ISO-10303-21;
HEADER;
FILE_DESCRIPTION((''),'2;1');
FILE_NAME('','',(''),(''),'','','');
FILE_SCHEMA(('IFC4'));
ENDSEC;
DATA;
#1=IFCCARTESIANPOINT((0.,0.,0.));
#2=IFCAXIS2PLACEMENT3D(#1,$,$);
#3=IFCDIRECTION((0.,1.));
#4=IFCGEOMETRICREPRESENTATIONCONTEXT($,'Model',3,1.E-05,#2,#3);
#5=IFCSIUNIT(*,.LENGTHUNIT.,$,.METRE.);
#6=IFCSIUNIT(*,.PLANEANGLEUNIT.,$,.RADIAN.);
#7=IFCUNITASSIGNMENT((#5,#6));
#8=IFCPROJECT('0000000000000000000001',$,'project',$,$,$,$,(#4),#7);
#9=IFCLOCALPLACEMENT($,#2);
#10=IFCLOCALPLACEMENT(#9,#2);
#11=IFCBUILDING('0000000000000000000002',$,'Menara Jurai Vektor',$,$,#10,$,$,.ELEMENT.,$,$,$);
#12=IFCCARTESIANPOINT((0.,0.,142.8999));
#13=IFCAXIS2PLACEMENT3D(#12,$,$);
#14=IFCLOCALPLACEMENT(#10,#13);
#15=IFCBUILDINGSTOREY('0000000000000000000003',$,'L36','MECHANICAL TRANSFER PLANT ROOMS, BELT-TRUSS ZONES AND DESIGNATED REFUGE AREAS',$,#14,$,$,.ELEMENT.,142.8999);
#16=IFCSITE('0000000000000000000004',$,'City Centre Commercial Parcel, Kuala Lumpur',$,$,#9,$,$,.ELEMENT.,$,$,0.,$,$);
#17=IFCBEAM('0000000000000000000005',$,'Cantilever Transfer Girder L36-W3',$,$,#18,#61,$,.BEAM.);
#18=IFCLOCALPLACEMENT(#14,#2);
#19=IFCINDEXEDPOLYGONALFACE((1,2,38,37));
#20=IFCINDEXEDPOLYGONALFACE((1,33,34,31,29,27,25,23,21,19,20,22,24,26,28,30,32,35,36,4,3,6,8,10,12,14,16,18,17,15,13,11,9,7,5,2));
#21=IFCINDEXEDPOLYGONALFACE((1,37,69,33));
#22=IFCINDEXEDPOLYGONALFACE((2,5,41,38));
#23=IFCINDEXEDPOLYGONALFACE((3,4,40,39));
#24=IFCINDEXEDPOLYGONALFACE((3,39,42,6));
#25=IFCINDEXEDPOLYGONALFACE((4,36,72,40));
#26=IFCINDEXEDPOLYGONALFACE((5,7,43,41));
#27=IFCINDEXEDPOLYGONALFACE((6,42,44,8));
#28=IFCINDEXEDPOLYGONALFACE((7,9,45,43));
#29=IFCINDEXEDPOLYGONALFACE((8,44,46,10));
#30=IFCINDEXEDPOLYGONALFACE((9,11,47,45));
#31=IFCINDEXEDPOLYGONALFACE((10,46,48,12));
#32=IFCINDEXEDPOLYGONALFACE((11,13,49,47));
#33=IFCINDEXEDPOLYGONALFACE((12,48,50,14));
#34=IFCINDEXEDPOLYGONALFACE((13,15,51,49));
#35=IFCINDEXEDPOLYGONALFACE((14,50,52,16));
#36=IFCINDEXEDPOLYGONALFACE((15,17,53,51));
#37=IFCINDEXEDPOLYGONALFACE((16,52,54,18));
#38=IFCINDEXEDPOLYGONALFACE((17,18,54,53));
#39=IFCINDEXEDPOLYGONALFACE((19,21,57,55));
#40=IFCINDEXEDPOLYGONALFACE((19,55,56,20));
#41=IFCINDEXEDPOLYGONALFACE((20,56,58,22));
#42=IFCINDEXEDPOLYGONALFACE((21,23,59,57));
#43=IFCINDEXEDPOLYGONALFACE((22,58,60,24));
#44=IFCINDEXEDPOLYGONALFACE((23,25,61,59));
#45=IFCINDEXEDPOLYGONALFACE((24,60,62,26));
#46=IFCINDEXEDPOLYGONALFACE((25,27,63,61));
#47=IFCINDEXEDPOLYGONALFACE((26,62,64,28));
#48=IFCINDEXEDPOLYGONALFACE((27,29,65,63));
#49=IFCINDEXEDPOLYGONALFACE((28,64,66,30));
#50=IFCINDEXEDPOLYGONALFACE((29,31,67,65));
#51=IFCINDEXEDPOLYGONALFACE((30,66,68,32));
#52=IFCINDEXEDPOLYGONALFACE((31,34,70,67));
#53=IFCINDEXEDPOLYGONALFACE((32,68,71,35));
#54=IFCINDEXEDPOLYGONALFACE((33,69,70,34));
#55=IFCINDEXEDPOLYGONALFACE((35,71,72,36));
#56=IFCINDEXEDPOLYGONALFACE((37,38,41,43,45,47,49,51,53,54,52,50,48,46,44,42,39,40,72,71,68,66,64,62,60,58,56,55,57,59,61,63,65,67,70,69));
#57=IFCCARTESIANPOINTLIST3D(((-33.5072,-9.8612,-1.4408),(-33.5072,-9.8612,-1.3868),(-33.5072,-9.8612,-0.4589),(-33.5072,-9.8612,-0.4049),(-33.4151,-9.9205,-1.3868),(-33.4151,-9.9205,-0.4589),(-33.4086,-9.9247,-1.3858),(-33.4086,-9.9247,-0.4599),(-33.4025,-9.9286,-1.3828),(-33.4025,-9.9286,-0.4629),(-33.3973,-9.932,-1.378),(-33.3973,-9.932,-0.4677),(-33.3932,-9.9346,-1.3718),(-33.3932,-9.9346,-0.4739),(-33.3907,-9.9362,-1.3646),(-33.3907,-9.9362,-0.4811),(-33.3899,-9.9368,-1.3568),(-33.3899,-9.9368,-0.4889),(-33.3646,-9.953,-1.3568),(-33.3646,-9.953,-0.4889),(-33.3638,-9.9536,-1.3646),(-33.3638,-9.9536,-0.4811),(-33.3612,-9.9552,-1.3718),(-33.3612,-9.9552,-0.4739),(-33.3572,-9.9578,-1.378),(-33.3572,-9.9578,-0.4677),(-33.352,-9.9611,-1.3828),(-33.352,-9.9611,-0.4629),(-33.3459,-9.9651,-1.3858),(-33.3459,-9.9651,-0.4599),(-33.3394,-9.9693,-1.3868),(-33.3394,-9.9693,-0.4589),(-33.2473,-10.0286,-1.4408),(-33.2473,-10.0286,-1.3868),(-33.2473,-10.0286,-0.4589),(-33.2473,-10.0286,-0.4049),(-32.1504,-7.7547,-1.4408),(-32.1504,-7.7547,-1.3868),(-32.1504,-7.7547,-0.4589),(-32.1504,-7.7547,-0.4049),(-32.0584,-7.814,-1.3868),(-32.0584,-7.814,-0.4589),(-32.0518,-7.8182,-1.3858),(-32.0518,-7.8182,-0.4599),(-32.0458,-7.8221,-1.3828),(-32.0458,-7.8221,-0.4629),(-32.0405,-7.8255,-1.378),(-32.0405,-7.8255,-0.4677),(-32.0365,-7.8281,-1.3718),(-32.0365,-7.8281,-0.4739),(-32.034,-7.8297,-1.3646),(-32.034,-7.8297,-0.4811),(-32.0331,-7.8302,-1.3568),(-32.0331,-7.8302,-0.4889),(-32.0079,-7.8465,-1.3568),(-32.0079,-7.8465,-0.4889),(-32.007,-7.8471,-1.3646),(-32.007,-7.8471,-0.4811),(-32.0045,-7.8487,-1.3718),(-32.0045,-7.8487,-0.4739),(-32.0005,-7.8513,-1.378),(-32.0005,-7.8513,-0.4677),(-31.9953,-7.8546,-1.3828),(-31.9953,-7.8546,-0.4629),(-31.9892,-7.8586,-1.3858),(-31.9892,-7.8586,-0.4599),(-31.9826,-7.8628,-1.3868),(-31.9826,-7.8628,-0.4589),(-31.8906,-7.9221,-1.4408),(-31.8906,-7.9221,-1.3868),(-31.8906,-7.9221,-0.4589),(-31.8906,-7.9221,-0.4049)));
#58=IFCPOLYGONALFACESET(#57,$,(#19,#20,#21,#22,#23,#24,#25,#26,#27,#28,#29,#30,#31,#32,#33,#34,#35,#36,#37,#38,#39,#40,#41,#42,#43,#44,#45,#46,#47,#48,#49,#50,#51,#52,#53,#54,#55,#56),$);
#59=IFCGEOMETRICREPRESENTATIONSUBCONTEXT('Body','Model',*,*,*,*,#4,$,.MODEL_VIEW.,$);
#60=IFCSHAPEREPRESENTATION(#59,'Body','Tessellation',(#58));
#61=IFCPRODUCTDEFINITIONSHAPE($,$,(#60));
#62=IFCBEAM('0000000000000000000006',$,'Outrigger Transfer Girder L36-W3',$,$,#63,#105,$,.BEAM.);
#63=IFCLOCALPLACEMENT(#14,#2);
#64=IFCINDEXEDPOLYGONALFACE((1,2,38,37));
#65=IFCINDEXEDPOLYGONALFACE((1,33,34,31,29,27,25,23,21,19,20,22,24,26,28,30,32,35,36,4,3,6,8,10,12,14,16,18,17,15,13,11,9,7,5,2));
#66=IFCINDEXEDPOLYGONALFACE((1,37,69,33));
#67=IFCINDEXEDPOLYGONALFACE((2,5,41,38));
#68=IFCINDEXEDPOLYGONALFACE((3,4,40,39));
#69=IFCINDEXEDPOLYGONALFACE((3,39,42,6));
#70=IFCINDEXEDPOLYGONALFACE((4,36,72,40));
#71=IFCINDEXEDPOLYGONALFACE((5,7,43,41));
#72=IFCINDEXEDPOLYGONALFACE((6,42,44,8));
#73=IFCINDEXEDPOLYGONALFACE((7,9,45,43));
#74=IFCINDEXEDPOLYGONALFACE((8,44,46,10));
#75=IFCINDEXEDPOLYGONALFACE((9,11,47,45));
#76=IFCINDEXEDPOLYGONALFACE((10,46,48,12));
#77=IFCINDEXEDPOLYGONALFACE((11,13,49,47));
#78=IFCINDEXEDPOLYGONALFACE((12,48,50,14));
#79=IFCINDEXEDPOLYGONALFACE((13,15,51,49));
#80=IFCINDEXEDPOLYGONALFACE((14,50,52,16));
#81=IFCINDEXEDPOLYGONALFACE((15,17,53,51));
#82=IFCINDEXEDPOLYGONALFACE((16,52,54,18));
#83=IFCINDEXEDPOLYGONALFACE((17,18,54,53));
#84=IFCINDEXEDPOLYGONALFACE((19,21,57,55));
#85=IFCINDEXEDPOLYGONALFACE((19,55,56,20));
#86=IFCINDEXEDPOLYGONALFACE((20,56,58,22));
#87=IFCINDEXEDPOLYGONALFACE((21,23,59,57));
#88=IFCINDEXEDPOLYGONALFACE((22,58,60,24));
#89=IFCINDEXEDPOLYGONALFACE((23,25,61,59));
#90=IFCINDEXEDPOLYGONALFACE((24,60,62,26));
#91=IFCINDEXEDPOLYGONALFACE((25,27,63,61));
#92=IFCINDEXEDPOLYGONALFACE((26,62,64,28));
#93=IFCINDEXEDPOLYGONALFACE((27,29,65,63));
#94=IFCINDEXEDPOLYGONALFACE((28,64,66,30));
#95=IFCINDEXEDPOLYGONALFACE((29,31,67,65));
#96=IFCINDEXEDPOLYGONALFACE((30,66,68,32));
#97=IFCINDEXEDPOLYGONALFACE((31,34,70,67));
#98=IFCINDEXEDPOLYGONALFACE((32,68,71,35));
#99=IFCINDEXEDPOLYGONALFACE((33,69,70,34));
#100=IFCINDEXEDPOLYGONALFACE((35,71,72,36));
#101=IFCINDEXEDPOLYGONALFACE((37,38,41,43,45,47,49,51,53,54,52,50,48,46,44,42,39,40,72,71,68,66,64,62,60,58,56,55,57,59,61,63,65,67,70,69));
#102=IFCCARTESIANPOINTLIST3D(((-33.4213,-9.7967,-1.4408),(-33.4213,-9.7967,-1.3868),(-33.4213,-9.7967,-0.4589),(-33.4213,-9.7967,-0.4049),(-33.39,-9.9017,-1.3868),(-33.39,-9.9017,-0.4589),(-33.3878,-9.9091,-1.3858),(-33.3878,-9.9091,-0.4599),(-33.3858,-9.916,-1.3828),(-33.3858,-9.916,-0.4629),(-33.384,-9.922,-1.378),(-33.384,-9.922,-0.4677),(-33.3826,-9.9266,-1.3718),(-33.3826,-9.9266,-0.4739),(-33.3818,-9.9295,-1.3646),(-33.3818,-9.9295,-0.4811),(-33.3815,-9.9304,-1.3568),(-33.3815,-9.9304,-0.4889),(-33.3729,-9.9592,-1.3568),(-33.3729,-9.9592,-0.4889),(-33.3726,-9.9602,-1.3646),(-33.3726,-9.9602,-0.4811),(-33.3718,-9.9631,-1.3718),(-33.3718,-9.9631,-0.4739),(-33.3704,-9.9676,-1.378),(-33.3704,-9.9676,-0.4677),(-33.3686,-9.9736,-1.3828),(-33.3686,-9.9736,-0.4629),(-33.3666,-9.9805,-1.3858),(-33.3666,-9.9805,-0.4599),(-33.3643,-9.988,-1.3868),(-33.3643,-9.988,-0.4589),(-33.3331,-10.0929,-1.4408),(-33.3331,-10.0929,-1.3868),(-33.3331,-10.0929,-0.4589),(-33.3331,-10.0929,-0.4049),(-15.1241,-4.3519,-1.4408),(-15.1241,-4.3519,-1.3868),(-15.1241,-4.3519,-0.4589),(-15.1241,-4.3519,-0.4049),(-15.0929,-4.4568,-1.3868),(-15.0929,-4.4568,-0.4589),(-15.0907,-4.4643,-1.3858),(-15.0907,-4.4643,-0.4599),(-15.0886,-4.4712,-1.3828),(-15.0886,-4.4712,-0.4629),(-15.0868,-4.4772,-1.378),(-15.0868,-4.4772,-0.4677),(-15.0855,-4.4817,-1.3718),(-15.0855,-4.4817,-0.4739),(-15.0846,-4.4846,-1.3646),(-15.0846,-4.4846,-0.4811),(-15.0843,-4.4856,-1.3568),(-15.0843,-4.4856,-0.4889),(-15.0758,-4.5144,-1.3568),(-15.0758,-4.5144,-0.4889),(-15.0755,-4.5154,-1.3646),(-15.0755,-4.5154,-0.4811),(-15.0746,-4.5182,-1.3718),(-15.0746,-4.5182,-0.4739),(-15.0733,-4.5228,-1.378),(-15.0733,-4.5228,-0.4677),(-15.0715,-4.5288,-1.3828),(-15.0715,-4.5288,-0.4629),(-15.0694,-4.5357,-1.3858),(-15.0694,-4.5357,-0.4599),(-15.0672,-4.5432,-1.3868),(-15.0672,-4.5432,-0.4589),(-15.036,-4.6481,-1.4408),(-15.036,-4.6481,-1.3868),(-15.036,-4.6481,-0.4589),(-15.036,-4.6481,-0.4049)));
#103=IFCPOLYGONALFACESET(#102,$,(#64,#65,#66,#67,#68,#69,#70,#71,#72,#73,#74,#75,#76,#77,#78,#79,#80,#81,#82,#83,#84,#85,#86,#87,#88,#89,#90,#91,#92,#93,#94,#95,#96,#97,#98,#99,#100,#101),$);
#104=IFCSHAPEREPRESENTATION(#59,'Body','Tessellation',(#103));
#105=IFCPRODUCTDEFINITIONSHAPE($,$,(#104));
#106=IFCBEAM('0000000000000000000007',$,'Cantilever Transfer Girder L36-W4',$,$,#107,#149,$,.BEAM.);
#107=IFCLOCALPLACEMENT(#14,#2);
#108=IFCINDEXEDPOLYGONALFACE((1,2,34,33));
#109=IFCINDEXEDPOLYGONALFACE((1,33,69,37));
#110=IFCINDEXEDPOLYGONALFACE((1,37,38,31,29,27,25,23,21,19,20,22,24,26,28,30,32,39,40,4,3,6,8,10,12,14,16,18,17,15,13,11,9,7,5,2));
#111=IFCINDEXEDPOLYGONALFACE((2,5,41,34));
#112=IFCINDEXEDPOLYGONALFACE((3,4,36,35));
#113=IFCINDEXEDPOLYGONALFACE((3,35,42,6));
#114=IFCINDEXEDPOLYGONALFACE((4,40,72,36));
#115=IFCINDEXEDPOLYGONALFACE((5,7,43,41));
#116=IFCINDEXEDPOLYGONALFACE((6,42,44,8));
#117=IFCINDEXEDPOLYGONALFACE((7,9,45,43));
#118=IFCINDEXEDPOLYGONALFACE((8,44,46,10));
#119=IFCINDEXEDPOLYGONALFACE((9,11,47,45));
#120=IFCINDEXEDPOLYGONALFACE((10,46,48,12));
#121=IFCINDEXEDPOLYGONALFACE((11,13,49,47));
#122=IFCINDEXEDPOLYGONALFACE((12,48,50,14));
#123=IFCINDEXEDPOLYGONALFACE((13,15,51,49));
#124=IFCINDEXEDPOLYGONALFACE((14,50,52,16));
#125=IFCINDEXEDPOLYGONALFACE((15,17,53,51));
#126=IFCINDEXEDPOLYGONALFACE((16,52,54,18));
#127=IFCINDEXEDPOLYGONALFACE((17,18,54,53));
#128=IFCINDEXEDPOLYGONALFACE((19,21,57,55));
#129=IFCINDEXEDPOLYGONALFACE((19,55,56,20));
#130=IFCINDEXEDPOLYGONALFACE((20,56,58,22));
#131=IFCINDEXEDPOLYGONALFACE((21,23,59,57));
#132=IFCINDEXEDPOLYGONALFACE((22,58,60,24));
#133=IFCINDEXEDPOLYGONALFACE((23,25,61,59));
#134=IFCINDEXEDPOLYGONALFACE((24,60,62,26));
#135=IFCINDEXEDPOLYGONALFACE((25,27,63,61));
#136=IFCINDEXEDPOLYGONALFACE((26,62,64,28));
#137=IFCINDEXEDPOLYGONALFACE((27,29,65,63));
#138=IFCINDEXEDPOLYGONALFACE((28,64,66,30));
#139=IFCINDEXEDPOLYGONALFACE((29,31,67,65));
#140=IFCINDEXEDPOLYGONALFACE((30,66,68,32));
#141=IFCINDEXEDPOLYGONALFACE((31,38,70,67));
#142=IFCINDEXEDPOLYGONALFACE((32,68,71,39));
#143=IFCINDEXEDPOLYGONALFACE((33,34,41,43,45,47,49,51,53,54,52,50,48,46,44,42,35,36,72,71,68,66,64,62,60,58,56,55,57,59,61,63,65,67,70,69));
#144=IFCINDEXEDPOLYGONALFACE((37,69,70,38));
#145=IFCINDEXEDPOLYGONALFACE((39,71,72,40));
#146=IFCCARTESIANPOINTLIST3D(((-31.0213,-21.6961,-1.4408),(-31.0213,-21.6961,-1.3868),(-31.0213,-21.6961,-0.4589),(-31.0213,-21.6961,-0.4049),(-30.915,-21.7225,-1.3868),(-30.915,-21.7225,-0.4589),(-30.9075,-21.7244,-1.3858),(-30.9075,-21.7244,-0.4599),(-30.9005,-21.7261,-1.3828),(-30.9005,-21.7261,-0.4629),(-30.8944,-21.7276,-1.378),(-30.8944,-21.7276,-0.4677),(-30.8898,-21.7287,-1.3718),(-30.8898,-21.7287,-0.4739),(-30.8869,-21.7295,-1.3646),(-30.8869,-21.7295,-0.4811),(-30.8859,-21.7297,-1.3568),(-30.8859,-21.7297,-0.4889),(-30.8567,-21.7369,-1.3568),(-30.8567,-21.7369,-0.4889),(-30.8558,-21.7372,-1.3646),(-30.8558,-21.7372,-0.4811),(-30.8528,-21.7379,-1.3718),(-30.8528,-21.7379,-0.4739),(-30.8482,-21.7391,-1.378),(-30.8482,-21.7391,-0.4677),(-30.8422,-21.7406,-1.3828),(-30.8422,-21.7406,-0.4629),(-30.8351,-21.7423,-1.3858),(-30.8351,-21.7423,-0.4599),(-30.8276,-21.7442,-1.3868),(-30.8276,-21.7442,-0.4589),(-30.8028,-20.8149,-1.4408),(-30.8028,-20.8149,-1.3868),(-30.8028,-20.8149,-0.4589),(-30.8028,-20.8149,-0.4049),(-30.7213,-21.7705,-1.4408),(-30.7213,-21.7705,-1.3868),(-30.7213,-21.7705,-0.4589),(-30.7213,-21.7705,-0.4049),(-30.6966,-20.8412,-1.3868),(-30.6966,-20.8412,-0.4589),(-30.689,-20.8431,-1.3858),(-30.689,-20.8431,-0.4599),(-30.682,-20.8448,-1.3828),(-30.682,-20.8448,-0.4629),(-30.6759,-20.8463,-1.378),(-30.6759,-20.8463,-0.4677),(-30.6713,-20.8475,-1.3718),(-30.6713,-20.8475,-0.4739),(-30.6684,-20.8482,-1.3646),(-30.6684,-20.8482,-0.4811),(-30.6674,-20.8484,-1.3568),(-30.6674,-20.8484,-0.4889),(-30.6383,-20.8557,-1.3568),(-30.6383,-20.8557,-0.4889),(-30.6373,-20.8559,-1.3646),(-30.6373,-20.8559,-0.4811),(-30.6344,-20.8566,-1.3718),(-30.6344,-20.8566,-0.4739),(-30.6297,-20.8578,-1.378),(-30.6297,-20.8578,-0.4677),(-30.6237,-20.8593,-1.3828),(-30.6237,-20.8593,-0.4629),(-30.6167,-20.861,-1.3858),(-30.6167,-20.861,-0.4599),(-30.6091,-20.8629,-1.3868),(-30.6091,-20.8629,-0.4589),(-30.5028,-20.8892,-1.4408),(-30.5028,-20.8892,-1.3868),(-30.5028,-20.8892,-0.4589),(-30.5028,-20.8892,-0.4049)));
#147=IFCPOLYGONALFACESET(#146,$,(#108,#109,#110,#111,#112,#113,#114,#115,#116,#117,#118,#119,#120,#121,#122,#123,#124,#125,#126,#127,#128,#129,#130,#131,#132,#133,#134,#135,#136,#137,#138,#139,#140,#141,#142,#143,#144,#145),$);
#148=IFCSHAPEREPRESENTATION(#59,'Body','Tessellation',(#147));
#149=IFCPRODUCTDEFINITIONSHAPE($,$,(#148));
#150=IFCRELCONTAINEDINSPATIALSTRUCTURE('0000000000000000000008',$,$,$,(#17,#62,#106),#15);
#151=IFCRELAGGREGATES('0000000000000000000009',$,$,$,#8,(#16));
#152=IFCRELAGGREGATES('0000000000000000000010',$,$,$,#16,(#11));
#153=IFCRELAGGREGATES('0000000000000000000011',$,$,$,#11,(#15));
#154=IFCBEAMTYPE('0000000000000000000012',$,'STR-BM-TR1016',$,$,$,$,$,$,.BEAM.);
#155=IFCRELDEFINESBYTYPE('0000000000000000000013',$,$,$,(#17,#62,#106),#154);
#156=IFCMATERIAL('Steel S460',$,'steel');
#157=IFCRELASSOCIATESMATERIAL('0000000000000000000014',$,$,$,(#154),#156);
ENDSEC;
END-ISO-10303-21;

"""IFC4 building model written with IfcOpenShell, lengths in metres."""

from ifc_helpers import new_model, si_unit, direction, frame, origin, origin_2d, place, context, subcontext, project, spatial, i_section, extrude, material, material_profile, profile_set, type_object, element, save


model = new_model("IFC4")

# Units and contexts
model_context = context("Model", 3, precision=1e-05, world=origin(), true_north=direction((0.0, 1.0)))
body_context = subcontext(model_context, "Body", "Model", "MODEL_VIEW")
ifc_project = project(units=[si_unit("LENGTHUNIT", "METRE"), si_unit("PLANEANGLEUNIT", "RADIAN")], contexts=[model_context])

# Site, building, storey
site_placement = place(None, origin())
site = spatial("IfcSite", under=ifc_project, at=site_placement, Name="City Centre Commercial Parcel, Kuala Lumpur", CompositionType="ELEMENT", RefElevation=0.0)
building_placement = place(site_placement, origin())
building = spatial("IfcBuilding", under=site, at=building_placement, Name="Menara Jurai Vektor", CompositionType="ELEMENT")
storey_placement = place(building_placement, frame((0.0, 0.0, 142.8999)))
storey = spatial("IfcBuildingStorey", under=building, at=storey_placement, Name="L36", Description="MECHANICAL TRANSFER PLANT ROOMS, BELT-TRUSS ZONES AND DESIGNATED REFUGE AREAS", CompositionType="ELEMENT", Elevation=142.8999)

# Shared definitions
ifc_material_1 = material(Name="Steel S460", Category="steel")

# Beams
ifc_material_profile_1 = material_profile(ifc_material_1, i_section(OverallWidth=0.3091, OverallDepth=1.0359, WebThickness=0.03, FlangeThickness=0.054, FilletRadius=0.03, at=origin_2d()), Name="UKB 1016x305x487")
ifc_profile_set_1 = profile_set([ifc_material_profile_1], Name="Steel S460")
beam_type_1 = type_object("IfcBeamType", Name="STR-BM-TR1016", PredefinedType="BEAM", material=ifc_profile_set_1)
beam_1_placement = place(storey_placement, frame((-32.0205, -7.8384, -0.9229), z_axis=(-0.541476, -0.840716, 0.0), x_axis=(0.840716, -0.541476, 0.0)))
element("IfcBeam", 1, at=beam_1_placement, inside=storey, type_object=beam_type_1, Name="Cantilever Transfer Girder L36-W3", PredefinedType="BEAM", context=body_context, shape_type="SweptSolid", body=[
    extrude(i_section(OverallWidth=0.3091, OverallDepth=1.0359, WebThickness=0.03, FlangeThickness=0.054, FilletRadius=0.03, at=origin_2d()), origin(), (0.0, 0.0, 1.0), 2.5056),
])
beam_2_placement = place(storey_placement, frame((-33.3772, -9.9448, -0.9229), z_axis=(0.958463, 0.285218, 0.0), x_axis=(-0.285218, 0.958463, 0.0)))
element("IfcBeam", 2, at=beam_2_placement, inside=storey, type_object=beam_type_1, Name="Outrigger Transfer Girder L36-W3", PredefinedType="BEAM", context=body_context, shape_type="SweptSolid", body=[
    extrude(i_section(OverallWidth=0.3091, OverallDepth=1.0359, WebThickness=0.03, FlangeThickness=0.054, FilletRadius=0.03, at=origin_2d()), origin(), (0.0, 0.0, 1.0), 19.0901),
])
beam_3_placement = place(storey_placement, frame((-30.6528, -20.8521, -0.9229), z_axis=(-0.240637, -0.970615, 0.0), x_axis=(0.970615, -0.240637, 0.0)))
element("IfcBeam", 3, at=beam_3_placement, inside=storey, type_object=beam_type_1, Name="Cantilever Transfer Girder L36-W4", PredefinedType="BEAM", context=body_context, shape_type="SweptSolid", body=[
    extrude(i_section(OverallWidth=0.3091, OverallDepth=1.0359, WebThickness=0.03, FlangeThickness=0.054, FilletRadius=0.03, at=origin_2d()), origin(), (0.0, 0.0, 1.0), 0.908),
])

save(model, "model.ifc")
